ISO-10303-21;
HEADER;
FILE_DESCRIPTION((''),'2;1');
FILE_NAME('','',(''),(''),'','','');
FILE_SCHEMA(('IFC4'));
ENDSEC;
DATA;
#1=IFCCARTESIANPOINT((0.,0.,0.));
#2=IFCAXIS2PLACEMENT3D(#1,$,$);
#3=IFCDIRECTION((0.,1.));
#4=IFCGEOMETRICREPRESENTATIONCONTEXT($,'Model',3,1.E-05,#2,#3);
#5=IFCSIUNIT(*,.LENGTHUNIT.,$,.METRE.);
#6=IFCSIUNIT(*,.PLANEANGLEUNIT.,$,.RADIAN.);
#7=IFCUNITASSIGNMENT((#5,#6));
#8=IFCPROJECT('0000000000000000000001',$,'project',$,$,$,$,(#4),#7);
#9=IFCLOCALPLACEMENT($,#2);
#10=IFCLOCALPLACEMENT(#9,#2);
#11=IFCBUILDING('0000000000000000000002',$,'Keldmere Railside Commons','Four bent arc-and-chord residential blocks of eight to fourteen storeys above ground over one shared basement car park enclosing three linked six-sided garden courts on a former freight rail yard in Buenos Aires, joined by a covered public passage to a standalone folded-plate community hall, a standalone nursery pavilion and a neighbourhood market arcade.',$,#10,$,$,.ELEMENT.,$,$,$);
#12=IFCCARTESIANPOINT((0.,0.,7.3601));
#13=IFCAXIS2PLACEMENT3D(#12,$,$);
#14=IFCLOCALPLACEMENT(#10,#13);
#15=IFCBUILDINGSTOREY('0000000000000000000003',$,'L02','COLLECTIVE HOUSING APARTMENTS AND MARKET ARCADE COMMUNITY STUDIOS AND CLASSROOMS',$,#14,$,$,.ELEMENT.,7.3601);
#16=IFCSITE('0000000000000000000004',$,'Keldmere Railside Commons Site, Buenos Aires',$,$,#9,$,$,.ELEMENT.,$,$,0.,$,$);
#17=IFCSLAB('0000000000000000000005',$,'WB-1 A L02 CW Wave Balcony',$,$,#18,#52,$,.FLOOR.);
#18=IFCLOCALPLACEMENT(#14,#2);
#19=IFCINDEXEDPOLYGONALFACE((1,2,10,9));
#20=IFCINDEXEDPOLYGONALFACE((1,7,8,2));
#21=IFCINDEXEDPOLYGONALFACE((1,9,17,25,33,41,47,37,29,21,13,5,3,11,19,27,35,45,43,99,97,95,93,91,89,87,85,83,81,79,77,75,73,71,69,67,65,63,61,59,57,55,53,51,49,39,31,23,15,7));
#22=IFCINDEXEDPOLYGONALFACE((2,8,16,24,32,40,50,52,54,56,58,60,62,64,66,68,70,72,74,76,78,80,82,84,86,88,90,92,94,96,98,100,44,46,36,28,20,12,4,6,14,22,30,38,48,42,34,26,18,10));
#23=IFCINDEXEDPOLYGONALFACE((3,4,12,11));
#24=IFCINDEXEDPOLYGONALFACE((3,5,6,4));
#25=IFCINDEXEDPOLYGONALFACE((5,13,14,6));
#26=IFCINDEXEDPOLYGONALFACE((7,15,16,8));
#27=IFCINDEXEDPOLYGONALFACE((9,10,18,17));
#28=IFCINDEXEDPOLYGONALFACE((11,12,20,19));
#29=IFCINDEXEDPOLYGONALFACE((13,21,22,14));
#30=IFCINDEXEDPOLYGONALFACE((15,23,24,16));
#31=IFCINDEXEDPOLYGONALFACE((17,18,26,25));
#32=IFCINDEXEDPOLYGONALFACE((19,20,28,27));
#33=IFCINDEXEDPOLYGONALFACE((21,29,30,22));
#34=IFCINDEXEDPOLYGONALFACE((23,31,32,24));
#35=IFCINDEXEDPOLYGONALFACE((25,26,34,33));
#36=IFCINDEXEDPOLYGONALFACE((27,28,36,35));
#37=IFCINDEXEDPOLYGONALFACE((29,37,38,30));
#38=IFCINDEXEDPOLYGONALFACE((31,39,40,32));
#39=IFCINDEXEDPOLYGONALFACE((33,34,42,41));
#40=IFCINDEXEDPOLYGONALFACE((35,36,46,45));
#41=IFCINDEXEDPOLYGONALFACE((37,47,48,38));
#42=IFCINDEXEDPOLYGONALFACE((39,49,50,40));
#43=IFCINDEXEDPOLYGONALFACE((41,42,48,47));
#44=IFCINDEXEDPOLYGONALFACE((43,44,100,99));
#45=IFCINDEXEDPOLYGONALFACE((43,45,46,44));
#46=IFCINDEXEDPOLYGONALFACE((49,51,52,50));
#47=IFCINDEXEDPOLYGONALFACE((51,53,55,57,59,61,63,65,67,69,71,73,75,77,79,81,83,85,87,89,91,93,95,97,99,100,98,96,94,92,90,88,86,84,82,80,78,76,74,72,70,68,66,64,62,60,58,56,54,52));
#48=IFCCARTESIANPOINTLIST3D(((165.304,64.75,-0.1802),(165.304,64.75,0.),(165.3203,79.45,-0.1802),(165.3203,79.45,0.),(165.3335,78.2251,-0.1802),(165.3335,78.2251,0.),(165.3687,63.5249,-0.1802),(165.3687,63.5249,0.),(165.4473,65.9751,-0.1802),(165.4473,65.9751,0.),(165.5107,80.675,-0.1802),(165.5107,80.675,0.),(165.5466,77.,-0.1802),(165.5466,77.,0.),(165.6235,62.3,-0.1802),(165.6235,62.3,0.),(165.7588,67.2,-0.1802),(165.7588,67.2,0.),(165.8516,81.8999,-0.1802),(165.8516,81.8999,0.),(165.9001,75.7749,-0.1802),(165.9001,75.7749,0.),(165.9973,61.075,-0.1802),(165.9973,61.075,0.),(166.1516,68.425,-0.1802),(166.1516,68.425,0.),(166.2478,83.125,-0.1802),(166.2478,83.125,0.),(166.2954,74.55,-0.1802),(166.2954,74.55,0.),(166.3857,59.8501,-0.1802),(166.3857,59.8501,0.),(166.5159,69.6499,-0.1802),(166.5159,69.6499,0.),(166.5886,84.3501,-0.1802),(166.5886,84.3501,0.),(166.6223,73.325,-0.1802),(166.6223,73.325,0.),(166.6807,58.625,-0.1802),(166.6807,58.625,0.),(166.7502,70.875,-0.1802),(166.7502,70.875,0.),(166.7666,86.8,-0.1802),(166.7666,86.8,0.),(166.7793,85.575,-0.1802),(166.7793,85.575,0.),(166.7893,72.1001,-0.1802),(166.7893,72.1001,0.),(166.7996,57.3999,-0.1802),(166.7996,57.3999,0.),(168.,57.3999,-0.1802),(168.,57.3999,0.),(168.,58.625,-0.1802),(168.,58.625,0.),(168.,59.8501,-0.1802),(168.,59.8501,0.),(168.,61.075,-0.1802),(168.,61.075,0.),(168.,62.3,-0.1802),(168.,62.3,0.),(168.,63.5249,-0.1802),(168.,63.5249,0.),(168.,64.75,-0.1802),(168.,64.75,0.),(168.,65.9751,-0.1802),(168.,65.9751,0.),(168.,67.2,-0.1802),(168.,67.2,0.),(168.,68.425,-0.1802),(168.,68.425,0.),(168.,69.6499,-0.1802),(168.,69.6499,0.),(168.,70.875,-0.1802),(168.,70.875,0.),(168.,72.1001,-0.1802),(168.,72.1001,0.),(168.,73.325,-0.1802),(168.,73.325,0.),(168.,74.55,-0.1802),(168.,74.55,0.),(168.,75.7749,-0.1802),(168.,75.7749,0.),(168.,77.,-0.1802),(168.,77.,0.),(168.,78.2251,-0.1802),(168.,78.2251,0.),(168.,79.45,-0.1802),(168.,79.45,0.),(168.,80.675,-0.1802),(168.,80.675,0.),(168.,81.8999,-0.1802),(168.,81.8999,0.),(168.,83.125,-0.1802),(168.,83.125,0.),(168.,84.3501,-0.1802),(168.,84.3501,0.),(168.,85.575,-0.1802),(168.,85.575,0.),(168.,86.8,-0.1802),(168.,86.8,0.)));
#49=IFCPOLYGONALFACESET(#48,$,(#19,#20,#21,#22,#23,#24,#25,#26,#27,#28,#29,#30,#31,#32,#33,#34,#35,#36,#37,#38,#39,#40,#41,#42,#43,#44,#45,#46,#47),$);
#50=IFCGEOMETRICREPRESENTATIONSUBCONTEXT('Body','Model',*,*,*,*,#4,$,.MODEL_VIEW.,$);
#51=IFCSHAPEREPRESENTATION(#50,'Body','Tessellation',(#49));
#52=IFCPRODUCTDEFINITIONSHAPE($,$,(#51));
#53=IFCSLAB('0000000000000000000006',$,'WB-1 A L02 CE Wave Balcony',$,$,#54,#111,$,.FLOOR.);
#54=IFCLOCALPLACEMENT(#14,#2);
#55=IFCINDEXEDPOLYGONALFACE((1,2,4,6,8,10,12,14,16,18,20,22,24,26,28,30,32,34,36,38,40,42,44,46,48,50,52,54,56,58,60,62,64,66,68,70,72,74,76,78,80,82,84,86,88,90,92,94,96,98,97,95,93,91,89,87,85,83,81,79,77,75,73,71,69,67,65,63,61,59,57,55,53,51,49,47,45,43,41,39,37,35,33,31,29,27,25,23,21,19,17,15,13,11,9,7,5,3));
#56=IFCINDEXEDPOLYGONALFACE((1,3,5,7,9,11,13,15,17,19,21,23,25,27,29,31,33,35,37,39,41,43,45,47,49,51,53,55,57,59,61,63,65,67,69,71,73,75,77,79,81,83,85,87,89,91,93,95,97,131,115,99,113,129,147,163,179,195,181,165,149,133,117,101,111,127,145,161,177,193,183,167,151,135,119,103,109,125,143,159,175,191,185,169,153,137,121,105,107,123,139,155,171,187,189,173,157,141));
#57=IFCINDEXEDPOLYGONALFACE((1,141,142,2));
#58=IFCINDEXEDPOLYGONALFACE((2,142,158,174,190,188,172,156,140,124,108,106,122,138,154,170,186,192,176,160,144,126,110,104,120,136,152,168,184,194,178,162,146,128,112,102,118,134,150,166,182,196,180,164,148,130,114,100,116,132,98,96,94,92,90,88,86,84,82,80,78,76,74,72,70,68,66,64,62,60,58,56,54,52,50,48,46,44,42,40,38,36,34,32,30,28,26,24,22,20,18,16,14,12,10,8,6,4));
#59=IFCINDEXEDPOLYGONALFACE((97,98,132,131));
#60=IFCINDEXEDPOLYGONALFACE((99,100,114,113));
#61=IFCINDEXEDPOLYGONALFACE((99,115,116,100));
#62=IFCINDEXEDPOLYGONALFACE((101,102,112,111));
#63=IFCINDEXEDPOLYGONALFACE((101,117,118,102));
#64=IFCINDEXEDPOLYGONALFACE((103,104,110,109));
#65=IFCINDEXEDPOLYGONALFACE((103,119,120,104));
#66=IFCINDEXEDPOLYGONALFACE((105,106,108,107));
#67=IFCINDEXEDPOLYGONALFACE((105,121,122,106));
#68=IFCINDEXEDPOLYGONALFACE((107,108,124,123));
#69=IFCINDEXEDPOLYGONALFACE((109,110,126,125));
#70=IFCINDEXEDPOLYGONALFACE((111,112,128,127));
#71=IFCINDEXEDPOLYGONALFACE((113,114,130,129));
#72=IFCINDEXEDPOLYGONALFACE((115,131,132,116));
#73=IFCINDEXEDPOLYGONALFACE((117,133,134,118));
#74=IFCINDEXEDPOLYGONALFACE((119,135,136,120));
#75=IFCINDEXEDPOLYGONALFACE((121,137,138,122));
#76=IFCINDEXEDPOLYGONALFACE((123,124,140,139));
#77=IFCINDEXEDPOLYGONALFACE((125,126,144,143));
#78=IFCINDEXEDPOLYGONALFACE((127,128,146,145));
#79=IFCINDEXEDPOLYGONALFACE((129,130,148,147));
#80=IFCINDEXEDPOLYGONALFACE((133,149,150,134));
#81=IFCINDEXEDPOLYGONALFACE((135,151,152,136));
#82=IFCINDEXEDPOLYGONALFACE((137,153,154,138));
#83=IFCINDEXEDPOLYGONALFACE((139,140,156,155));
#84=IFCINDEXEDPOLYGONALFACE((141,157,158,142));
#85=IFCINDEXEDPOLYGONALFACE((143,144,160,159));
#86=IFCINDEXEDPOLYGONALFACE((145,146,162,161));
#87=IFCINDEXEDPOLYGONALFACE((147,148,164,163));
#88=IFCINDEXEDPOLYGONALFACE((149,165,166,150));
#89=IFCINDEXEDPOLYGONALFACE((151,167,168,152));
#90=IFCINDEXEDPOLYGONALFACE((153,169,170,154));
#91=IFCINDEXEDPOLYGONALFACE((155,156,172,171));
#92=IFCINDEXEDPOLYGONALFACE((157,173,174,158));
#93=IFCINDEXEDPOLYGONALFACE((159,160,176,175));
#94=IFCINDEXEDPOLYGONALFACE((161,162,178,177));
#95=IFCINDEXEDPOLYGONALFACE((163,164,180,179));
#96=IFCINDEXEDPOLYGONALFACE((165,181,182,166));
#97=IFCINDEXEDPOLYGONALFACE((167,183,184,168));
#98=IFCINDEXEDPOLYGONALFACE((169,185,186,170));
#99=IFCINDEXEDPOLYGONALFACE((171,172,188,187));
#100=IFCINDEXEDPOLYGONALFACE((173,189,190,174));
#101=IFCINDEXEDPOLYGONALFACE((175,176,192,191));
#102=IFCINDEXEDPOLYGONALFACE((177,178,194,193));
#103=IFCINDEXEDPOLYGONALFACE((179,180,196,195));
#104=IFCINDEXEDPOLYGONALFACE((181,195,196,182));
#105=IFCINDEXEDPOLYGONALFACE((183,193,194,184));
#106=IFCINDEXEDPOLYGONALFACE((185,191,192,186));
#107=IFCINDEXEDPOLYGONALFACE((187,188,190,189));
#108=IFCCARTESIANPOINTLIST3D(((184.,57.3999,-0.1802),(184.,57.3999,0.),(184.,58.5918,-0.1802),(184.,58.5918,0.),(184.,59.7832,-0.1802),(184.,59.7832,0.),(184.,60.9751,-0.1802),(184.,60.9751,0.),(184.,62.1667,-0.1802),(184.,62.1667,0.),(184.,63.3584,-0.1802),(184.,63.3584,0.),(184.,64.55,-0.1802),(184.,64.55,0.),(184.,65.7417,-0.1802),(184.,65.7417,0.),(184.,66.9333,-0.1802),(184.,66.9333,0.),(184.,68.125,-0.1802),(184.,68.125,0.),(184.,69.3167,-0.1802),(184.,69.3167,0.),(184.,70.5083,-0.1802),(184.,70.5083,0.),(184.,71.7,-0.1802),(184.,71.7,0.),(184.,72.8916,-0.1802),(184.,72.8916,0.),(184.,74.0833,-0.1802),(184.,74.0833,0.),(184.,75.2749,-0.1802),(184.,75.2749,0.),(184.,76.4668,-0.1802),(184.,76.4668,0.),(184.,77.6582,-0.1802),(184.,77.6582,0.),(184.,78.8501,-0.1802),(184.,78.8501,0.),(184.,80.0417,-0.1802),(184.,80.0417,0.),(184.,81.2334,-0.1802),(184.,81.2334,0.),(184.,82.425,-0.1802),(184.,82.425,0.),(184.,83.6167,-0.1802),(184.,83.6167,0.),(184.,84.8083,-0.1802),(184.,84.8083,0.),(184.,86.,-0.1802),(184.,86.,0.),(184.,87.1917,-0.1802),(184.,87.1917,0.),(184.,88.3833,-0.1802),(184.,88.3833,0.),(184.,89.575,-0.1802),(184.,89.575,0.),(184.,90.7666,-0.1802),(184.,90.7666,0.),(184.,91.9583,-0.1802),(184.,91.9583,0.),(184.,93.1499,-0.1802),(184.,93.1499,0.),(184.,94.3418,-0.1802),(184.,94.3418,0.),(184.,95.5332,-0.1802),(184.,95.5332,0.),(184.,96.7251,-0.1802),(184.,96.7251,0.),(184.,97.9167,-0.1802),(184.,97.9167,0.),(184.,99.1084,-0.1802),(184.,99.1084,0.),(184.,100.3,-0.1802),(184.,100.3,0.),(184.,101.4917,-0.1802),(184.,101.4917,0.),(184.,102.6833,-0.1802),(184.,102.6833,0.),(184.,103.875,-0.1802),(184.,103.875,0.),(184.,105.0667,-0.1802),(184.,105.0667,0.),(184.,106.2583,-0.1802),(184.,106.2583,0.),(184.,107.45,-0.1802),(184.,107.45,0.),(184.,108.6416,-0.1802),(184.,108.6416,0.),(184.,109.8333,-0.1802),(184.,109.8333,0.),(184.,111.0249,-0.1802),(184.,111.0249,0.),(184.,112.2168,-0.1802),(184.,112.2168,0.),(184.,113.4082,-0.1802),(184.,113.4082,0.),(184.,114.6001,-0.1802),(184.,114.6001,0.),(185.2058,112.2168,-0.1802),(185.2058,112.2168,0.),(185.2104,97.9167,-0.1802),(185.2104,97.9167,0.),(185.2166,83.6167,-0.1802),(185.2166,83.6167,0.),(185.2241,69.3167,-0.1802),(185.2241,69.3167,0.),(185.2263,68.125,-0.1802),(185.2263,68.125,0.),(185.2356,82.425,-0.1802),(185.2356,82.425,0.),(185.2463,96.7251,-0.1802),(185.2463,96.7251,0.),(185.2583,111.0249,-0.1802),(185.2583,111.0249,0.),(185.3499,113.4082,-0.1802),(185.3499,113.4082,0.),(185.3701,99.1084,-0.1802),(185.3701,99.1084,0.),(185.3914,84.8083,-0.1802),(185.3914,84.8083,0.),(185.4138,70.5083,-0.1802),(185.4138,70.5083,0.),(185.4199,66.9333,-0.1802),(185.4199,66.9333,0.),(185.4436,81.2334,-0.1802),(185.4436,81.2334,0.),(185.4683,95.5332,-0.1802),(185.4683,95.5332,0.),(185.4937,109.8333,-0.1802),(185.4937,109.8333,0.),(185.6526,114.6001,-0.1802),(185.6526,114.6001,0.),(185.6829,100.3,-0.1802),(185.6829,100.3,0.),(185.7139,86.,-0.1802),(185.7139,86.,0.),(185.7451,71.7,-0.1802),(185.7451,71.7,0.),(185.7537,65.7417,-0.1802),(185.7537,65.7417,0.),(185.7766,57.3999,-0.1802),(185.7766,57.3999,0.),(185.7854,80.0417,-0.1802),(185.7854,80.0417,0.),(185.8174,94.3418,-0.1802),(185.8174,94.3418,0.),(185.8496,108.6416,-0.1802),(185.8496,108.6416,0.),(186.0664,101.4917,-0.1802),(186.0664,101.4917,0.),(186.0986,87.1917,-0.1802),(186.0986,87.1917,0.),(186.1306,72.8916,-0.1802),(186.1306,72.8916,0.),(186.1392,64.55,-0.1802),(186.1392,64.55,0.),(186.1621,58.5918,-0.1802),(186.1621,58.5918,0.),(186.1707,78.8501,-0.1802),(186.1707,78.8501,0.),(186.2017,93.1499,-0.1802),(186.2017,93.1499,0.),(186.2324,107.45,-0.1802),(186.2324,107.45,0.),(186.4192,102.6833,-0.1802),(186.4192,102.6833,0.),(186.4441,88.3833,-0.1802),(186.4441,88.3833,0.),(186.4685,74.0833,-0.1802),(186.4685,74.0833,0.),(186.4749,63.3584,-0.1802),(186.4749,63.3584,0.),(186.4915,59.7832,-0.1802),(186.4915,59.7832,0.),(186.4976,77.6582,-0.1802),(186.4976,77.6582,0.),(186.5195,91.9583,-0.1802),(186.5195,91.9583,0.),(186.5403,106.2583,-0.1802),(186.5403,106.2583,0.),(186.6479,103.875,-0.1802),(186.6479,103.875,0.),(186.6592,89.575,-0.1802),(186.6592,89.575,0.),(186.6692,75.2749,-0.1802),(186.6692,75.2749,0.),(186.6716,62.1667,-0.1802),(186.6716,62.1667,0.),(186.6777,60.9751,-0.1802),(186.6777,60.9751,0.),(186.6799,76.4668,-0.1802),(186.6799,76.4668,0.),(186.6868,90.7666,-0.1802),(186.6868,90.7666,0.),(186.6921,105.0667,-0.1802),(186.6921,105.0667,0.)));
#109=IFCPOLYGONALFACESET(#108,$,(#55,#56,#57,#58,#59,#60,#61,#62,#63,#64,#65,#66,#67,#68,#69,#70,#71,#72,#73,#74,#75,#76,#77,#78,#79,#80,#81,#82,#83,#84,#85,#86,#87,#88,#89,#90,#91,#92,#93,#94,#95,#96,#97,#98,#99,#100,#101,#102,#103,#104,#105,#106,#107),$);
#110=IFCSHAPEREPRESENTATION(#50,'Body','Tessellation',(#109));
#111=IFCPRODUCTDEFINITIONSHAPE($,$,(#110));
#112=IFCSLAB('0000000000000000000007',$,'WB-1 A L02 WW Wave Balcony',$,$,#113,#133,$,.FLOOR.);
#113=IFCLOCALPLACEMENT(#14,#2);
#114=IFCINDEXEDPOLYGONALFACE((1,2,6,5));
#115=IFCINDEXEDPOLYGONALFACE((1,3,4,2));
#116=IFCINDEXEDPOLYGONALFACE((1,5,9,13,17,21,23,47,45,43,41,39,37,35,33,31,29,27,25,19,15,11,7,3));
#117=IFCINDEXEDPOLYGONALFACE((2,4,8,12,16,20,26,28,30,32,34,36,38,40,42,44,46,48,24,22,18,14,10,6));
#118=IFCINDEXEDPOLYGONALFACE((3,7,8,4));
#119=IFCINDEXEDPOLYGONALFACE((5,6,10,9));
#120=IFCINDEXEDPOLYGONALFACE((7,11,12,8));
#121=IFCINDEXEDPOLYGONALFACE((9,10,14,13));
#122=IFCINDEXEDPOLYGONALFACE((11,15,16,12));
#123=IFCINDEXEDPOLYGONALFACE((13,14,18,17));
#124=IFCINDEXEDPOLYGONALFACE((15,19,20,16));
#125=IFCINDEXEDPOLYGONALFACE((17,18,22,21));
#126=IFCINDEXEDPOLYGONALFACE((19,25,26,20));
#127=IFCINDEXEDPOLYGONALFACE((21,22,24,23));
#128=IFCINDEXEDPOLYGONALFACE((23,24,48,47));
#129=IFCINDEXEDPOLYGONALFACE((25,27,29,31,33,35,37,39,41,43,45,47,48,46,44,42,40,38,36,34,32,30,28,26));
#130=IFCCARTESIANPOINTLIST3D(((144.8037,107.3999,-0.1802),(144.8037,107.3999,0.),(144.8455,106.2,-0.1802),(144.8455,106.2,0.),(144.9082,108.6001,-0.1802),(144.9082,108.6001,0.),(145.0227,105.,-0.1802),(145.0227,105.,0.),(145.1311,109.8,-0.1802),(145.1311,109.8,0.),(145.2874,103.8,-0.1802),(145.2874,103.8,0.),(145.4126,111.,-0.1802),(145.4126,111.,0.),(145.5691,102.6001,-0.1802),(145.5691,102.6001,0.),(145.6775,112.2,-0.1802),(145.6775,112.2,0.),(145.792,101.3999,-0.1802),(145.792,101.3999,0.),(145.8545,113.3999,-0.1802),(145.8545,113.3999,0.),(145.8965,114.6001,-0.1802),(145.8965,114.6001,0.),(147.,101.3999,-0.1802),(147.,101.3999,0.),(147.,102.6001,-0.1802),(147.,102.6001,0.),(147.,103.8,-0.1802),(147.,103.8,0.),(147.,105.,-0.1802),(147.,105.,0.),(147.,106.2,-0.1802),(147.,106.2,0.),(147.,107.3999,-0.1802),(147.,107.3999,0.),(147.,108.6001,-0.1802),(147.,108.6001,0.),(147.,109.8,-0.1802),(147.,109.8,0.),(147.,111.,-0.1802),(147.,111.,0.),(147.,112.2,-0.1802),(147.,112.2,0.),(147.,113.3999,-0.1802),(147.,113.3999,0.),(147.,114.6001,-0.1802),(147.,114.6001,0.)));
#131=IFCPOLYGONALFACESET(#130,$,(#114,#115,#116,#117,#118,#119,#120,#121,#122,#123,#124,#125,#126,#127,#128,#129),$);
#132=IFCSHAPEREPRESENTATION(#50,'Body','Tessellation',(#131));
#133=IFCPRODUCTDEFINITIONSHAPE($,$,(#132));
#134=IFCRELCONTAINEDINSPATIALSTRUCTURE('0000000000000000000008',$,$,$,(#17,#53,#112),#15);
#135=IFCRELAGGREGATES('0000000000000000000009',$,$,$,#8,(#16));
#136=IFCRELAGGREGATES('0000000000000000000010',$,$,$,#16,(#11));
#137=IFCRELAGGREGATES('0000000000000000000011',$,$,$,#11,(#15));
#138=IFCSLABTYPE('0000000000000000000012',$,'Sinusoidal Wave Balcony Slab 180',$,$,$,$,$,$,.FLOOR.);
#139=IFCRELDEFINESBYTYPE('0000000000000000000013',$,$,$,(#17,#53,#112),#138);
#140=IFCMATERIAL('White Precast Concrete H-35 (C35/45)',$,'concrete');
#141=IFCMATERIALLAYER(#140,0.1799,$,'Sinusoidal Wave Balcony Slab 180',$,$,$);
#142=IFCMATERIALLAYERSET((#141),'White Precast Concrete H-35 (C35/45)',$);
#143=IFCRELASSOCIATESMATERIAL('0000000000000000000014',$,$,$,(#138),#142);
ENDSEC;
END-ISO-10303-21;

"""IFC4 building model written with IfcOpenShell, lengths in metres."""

from ifc_helpers import new_model, si_unit, direction, frame, origin, place, context, subcontext, project, spatial, polyline, outline, extrude, material, layer, layer_set, type_object, element, save


model = new_model("IFC4")

# Units and contexts
model_context = context("Model", 3, precision=1e-05, world=origin(), true_north=direction((0.0, 1.0)))
body_context = subcontext(model_context, "Body", "Model", "MODEL_VIEW")
ifc_project = project(units=[si_unit("LENGTHUNIT", "METRE"), si_unit("PLANEANGLEUNIT", "RADIAN")], contexts=[model_context])

# Site, building, storey
site_placement = place(None, origin())
site = spatial("IfcSite", under=ifc_project, at=site_placement, Name="Keldmere Railside Commons Site, Buenos Aires", CompositionType="ELEMENT", RefElevation=0.0)
building_placement = place(site_placement, origin())
building = spatial("IfcBuilding", under=site, at=building_placement, Name="Keldmere Railside Commons", Description="Four bent arc-and-chord residential blocks of eight to fourteen storeys above ground over one shared basement car park enclosing three linked six-sided garden courts on a former freight rail yard in Buenos Aires, joined by a covered public passage to a standalone folded-plate community hall, a standalone nursery pavilion and a neighbourhood market arcade.", CompositionType="ELEMENT")
storey_placement = place(building_placement, frame((0.0, 0.0, 7.3601)))
storey = spatial("IfcBuildingStorey", under=building, at=storey_placement, Name="L02", Description="COLLECTIVE HOUSING APARTMENTS AND MARKET ARCADE COMMUNITY STUDIOS AND CLASSROOMS", CompositionType="ELEMENT", Elevation=7.3601)

# Slabs
ifc_material_1 = material(Name="White Precast Concrete H-35 (C35/45)", Category="concrete")
ifc_layer_1 = layer(ifc_material_1, 0.1799, Name="Sinusoidal Wave Balcony Slab 180")
ifc_layer_set_1 = layer_set([ifc_layer_1], Name="White Precast Concrete H-35 (C35/45)")
slab_type_1 = type_object("IfcSlabType", Name="Sinusoidal Wave Balcony Slab 180", PredefinedType="FLOOR", material=ifc_layer_set_1)
slab_1_placement = place(storey_placement, frame((0.0, 0.0, -0.1802)))
element("IfcSlab", 1, at=slab_1_placement, inside=storey, type_object=slab_type_1, Name="WB-1 A L02 CW Wave Balcony", PredefinedType="FLOOR", context=body_context, shape_type="SweptSolid", body=[
    extrude(outline(polyline([(168.0, 57.3999), (168.0, 58.625), (168.0, 59.8501), (168.0, 61.075), (168.0, 62.3), (168.0, 63.5249), (168.0, 64.75), (168.0, 65.9751), (168.0, 67.2), (168.0, 68.425), (168.0, 69.6499), (168.0, 70.875), (168.0, 72.1001), (168.0, 73.325), (168.0, 74.55), (168.0, 75.7749), (168.0, 77.0), (168.0, 78.2251), (168.0, 79.45), (168.0, 80.675), (168.0, 81.8999), (168.0, 83.125), (168.0, 84.3501), (168.0, 85.575), (168.0, 86.8), (166.7666, 86.8), (166.7793, 85.575), (166.5886, 84.3501), (166.2478, 83.125), (165.8516, 81.8999), (165.5107, 80.675), (165.3203, 79.45), (165.3335, 78.2251), (165.5466, 77.0), (165.9001, 75.7749), (166.2954, 74.55), (166.6223, 73.325), (166.7893, 72.1001), (166.7502, 70.875), (166.5159, 69.6499), (166.1516, 68.425), (165.7588, 67.2), (165.4473, 65.9751), (165.304, 64.75), (165.3687, 63.5249), (165.6235, 62.3), (165.9973, 61.075), (166.3857, 59.8501), (166.6807, 58.625), (166.7996, 57.3999), (168.0, 57.3999)])), origin(), (0.0, 0.0, 1.0), 0.1802),
])
slab_2_placement = place(storey_placement, frame((0.0, 0.0, -0.1802)))
element("IfcSlab", 2, at=slab_2_placement, inside=storey, type_object=slab_type_1, Name="WB-1 A L02 CE Wave Balcony", PredefinedType="FLOOR", context=body_context, shape_type="SweptSolid", body=[
    extrude(outline(polyline([(185.7766, 57.3999), (186.1621, 58.5918), (186.4915, 59.7832), (186.6777, 60.9751), (186.6716, 62.1667), (186.4749, 63.3584), (186.1392, 64.55), (185.7537, 65.7417), (185.4199, 66.9333), (185.2263, 68.125), (185.2241, 69.3167), (185.4138, 70.5083), (185.7451, 71.7), (186.1306, 72.8916), (186.4685, 74.0833), (186.6692, 75.2749), (186.6799, 76.4668), (186.4976, 77.6582), (186.1707, 78.8501), (185.7854, 80.0417), (185.4436, 81.2334), (185.2356, 82.425), (185.2166, 83.6167), (185.3914, 84.8083), (185.7139, 86.0), (186.0986, 87.1917), (186.4441, 88.3833), (186.6592, 89.575), (186.6868, 90.7666), (186.5195, 91.9583), (186.2017, 93.1499), (185.8174, 94.3418), (185.4683, 95.5332), (185.2463, 96.7251), (185.2104, 97.9167), (185.3701, 99.1084), (185.6829, 100.3), (186.0664, 101.4917), (186.4192, 102.6833), (186.6479, 103.875), (186.6921, 105.0667), (186.5403, 106.2583), (186.2324, 107.45), (185.8496, 108.6416), (185.4937, 109.8333), (185.2583, 111.0249), (185.2058, 112.2168), (185.3499, 113.4082), (185.6526, 114.6001), (184.0, 114.6001), (184.0, 113.4082), (184.0, 112.2168), (184.0, 111.0249), (184.0, 109.8333), (184.0, 108.6416), (184.0, 107.45), (184.0, 106.2583), (184.0, 105.0667), (184.0, 103.875), (184.0, 102.6833), (184.0, 101.4917), (184.0, 100.3), (184.0, 99.1084), (184.0, 97.9167), (184.0, 96.7251), (184.0, 95.5332), (184.0, 94.3418), (184.0, 93.1499), (184.0, 91.9583), (184.0, 90.7666), (184.0, 89.575), (184.0, 88.3833), (184.0, 87.1917), (184.0, 86.0), (184.0, 84.8083), (184.0, 83.6167), (184.0, 82.425), (184.0, 81.2334), (184.0, 80.0417), (184.0, 78.8501), (184.0, 77.6582), (184.0, 76.4668), (184.0, 75.2749), (184.0, 74.0833), (184.0, 72.8916), (184.0, 71.7), (184.0, 70.5083), (184.0, 69.3167), (184.0, 68.125), (184.0, 66.9333), (184.0, 65.7417), (184.0, 64.55), (184.0, 63.3584), (184.0, 62.1667), (184.0, 60.9751), (184.0, 59.7832), (184.0, 58.5918), (184.0, 57.3999), (185.7766, 57.3999)])), origin(), (0.0, 0.0, 1.0), 0.1802),
])
slab_3_placement = place(storey_placement, frame((0.0, 0.0, -0.1802)))
element("IfcSlab", 3, at=slab_3_placement, inside=storey, type_object=slab_type_1, Name="WB-1 A L02 WW Wave Balcony", PredefinedType="FLOOR", context=body_context, shape_type="SweptSolid", body=[
    extrude(outline(polyline([(147.0, 101.3999), (147.0, 102.6001), (147.0, 103.8), (147.0, 105.0), (147.0, 106.2), (147.0, 107.3999), (147.0, 108.6001), (147.0, 109.8), (147.0, 111.0), (147.0, 112.2), (147.0, 113.3999), (147.0, 114.6001), (145.8965, 114.6001), (145.8545, 113.3999), (145.6775, 112.2), (145.4126, 111.0), (145.1311, 109.8), (144.9082, 108.6001), (144.8037, 107.3999), (144.8455, 106.2), (145.0227, 105.0), (145.2874, 103.8), (145.5691, 102.6001), (145.792, 101.3999), (147.0, 101.3999)])), origin(), (0.0, 0.0, 1.0), 0.1802),
])

save(model, "model.ifc")
